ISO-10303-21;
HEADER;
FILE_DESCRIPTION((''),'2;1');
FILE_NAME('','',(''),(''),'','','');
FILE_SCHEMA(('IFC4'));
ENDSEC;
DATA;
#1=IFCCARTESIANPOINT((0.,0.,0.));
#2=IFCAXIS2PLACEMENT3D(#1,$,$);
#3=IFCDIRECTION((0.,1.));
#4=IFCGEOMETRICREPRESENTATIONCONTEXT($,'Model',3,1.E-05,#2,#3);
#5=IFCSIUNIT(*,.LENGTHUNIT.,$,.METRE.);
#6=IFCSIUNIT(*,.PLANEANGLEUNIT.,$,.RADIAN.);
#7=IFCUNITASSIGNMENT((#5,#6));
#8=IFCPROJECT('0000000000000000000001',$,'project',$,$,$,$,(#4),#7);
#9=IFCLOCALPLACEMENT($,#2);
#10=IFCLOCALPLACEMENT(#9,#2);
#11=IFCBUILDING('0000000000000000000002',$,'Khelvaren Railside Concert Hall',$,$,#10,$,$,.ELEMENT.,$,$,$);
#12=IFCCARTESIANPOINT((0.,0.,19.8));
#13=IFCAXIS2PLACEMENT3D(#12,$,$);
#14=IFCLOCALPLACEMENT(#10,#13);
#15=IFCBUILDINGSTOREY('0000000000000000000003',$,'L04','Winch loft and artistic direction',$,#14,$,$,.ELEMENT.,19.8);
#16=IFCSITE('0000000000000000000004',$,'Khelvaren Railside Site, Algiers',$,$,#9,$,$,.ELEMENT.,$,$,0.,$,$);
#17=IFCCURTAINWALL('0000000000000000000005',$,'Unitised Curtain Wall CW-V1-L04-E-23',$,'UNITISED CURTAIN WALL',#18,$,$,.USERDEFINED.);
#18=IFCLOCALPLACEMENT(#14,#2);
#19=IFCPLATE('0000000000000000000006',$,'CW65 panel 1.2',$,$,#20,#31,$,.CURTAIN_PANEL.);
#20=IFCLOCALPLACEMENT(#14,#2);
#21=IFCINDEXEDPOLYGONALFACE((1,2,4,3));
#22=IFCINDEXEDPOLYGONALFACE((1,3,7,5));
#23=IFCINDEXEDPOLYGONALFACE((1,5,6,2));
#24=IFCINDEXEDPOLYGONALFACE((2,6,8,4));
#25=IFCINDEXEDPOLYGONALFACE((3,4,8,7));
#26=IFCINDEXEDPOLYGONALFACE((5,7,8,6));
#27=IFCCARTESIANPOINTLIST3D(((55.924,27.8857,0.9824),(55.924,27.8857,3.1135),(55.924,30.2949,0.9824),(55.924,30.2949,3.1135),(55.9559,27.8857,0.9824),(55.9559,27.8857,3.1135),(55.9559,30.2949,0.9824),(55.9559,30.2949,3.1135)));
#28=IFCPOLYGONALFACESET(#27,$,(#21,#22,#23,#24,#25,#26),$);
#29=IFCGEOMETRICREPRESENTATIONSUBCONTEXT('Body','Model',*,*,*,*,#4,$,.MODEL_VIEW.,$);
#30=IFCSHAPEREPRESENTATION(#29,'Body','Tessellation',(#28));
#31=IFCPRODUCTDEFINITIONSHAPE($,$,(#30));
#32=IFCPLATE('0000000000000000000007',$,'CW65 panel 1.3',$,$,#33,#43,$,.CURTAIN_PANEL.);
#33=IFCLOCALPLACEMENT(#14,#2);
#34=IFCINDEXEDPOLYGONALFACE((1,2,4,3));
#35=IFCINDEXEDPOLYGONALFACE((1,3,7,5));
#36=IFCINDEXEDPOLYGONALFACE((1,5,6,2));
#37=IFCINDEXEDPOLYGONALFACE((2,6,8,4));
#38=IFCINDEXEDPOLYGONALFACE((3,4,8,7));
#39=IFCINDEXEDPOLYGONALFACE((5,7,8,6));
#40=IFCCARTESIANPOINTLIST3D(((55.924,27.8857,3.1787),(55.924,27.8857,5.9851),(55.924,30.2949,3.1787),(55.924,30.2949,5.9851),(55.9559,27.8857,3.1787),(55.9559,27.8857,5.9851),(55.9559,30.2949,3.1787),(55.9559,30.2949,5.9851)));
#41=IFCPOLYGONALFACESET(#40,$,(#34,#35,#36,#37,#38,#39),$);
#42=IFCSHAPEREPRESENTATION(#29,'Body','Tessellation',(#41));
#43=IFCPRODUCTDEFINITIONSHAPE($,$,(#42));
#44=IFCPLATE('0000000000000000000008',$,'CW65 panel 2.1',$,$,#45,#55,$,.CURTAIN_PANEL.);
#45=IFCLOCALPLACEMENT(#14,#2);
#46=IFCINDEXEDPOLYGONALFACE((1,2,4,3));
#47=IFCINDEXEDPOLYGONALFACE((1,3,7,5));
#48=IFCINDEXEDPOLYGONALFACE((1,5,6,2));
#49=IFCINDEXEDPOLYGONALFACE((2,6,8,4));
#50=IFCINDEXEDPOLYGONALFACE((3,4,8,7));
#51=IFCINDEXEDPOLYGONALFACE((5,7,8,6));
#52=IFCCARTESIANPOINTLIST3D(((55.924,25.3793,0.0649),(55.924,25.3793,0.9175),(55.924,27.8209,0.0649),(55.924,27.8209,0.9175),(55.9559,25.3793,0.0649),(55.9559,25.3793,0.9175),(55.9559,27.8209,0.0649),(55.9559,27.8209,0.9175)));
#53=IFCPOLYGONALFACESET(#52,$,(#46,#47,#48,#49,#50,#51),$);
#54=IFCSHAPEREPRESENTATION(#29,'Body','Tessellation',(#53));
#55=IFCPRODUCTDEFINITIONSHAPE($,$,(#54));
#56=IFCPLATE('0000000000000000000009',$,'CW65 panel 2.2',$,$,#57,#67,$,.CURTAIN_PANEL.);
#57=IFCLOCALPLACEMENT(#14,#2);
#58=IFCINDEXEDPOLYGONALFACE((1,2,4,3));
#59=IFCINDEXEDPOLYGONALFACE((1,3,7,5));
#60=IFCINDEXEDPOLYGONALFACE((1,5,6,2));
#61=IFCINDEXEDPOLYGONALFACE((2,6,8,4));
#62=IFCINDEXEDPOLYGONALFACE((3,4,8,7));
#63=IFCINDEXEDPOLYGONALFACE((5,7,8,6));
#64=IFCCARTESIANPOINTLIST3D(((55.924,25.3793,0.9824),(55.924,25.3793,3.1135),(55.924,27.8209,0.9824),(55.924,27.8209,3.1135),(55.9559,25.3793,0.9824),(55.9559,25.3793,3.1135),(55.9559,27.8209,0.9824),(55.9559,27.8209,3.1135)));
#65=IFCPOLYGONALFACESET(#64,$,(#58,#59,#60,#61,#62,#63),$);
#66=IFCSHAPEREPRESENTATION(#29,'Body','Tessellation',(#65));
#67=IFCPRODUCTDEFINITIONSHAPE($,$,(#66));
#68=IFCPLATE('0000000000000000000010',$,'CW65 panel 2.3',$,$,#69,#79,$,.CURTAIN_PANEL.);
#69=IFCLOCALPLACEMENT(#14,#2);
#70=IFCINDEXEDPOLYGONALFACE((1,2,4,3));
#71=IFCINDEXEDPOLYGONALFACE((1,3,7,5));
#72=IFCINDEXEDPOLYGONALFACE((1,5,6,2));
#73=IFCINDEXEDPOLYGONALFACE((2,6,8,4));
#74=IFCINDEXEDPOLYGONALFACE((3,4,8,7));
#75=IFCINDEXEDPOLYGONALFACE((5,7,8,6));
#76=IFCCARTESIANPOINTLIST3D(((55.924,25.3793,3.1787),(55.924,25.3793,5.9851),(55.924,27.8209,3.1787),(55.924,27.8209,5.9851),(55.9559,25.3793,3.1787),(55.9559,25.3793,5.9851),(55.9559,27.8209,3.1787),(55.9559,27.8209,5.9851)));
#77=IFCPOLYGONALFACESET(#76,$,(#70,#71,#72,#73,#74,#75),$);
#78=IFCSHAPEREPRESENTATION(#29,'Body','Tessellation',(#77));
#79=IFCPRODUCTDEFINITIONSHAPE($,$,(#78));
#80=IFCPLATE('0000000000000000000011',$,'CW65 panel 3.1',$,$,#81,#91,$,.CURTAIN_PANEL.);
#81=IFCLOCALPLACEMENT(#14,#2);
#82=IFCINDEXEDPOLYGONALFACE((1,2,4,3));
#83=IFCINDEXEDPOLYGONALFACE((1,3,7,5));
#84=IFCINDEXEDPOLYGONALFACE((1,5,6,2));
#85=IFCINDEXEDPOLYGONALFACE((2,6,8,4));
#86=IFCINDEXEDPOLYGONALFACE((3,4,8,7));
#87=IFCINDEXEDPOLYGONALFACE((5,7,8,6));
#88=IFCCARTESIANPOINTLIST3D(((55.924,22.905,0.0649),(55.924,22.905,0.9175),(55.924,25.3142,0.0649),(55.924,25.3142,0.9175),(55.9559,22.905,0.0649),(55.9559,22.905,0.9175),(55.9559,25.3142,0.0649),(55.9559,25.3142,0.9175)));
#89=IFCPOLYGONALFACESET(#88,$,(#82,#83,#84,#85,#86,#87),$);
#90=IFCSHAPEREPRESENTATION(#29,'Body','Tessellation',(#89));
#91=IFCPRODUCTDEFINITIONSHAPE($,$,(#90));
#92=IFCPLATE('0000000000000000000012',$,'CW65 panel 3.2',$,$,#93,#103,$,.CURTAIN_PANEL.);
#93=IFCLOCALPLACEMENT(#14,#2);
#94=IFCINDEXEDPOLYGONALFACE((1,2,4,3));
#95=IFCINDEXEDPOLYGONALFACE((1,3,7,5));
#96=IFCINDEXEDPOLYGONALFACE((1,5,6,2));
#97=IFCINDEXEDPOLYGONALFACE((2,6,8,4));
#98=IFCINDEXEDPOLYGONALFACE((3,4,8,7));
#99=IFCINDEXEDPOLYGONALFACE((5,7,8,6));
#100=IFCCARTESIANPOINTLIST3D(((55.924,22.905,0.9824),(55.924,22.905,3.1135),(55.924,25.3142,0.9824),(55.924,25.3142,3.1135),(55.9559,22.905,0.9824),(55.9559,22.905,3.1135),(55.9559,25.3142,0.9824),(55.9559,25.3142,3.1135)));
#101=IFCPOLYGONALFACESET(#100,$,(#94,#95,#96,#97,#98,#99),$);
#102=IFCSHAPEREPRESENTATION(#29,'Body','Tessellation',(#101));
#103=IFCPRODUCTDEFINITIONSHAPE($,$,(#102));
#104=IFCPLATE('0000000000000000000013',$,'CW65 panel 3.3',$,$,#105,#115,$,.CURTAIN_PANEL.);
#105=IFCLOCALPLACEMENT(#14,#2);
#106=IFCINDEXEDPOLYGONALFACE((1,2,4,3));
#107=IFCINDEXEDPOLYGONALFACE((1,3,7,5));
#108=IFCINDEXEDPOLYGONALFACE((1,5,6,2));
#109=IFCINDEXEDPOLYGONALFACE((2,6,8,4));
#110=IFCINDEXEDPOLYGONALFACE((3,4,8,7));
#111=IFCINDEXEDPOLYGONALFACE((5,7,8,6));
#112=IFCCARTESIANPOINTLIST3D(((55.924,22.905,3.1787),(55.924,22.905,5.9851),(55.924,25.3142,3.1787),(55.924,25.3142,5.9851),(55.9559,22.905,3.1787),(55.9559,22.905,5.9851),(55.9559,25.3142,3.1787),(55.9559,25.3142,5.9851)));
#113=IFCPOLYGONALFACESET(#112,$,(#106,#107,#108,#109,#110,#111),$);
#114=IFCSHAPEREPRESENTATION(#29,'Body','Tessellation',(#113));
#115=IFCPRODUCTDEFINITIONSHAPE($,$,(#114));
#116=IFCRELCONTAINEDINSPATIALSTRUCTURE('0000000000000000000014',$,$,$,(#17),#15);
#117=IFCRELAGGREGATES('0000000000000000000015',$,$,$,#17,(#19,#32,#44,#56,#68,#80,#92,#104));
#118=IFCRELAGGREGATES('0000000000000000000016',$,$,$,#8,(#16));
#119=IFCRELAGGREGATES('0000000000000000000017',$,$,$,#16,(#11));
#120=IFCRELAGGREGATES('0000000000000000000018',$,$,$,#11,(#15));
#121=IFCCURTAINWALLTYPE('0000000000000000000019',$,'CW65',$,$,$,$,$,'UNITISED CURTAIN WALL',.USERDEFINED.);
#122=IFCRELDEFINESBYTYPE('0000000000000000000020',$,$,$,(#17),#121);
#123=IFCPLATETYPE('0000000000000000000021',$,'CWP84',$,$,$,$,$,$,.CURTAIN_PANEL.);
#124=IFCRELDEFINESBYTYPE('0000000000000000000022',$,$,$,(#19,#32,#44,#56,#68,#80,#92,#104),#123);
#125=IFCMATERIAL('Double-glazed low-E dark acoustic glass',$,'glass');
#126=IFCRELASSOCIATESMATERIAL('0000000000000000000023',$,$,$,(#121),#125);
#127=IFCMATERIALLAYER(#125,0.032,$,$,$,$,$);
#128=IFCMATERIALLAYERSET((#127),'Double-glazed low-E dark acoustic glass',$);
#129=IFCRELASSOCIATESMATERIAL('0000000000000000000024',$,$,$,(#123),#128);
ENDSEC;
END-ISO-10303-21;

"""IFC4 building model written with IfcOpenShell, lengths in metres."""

from ifc_helpers import new_model, si_unit, direction, frame, origin, origin_2d, place, context, subcontext, project, spatial, rectangle, extrude, material, layer, layer_set, type_object, element, aggregate, save


model = new_model("IFC4")

# Units and contexts
model_context = context("Model", 3, precision=1e-05, world=origin(), true_north=direction((0.0, 1.0)))
body_context = subcontext(model_context, "Body", "Model", "MODEL_VIEW")
ifc_project = project(units=[si_unit("LENGTHUNIT", "METRE"), si_unit("PLANEANGLEUNIT", "RADIAN")], contexts=[model_context])

# Site, building, storey
site_placement = place(None, origin())
site = spatial("IfcSite", under=ifc_project, at=site_placement, Name="Khelvaren Railside Site, Algiers", CompositionType="ELEMENT", RefElevation=0.0)
building_placement = place(site_placement, origin())
building = spatial("IfcBuilding", under=site, at=building_placement, Name="Khelvaren Railside Concert Hall", CompositionType="ELEMENT")
storey_placement = place(building_placement, frame((0.0, 0.0, 19.8)))
storey = spatial("IfcBuildingStorey", under=building, at=storey_placement, Name="L04", Description="Winch loft and artistic direction", CompositionType="ELEMENT", Elevation=19.8)

# Shared definitions
ifc_material_1 = material(Name="Double-glazed low-E dark acoustic glass", Category="glass")

# Curtain wall
curtain_wall_type_1 = type_object("IfcCurtainWallType", Name="CW65", ElementType="UNITISED CURTAIN WALL", PredefinedType="USERDEFINED", material=ifc_material_1)
curtain_wall_1_placement = place(storey_placement, origin())
curtain_wall_1 = element("IfcCurtainWall", 1, at=curtain_wall_1_placement, inside=storey, type_object=curtain_wall_type_1, Name="Unitised Curtain Wall CW-V1-L04-E-23", ObjectType="UNITISED CURTAIN WALL", PredefinedType="USERDEFINED")

# Plates
ifc_layer_1 = layer(ifc_material_1, 0.032)
ifc_layer_set_1 = layer_set([ifc_layer_1], Name="Double-glazed low-E dark acoustic glass")
plate_type_1 = type_object("IfcPlateType", Name="CWP84", PredefinedType="CURTAIN_PANEL", material=ifc_layer_set_1)
plate_1_placement = place(storey_placement, frame((55.9399, 29.0903, 0.9824), z_axis=(0.0, 0.0, 1.0), x_axis=(0.0, -1.0, 0.0)))
plate_1 = element("IfcPlate", 2, at=plate_1_placement, type_object=plate_type_1, Name="CW65 panel 1.2", PredefinedType="CURTAIN_PANEL", context=body_context, shape_type="SweptSolid", body=[
    extrude(rectangle(XDim=2.4092, YDim=0.032, at=origin_2d()), origin(), (0.0, 0.0, 1.0), 2.1311),
])
plate_2_placement = place(storey_placement, frame((55.9399, 29.0903, 3.1787), z_axis=(0.0, 0.0, 1.0), x_axis=(0.0, -1.0, 0.0)))
plate_2 = element("IfcPlate", 3, at=plate_2_placement, type_object=plate_type_1, Name="CW65 panel 1.3", PredefinedType="CURTAIN_PANEL", context=body_context, shape_type="SweptSolid", body=[
    extrude(rectangle(XDim=2.4092, YDim=0.032, at=origin_2d()), origin(), (0.0, 0.0, 1.0), 2.8064),
])
plate_3_placement = place(storey_placement, frame((55.9399, 26.6001, 0.0649), z_axis=(0.0, 0.0, 1.0), x_axis=(0.0, -1.0, 0.0)))
plate_3 = element("IfcPlate", 4, at=plate_3_placement, type_object=plate_type_1, Name="CW65 panel 2.1", PredefinedType="CURTAIN_PANEL", context=body_context, shape_type="SweptSolid", body=[
    extrude(rectangle(XDim=2.4417, YDim=0.032, at=origin_2d()), origin(), (0.0, 0.0, 1.0), 0.8525),
])
plate_4_placement = place(storey_placement, frame((55.9399, 26.6001, 0.9824), z_axis=(0.0, 0.0, 1.0), x_axis=(0.0, -1.0, 0.0)))
plate_4 = element("IfcPlate", 5, at=plate_4_placement, type_object=plate_type_1, Name="CW65 panel 2.2", PredefinedType="CURTAIN_PANEL", context=body_context, shape_type="SweptSolid", body=[
    extrude(rectangle(XDim=2.4417, YDim=0.032, at=origin_2d()), origin(), (0.0, 0.0, 1.0), 2.1311),
])
plate_5_placement = place(storey_placement, frame((55.9399, 26.6001, 3.1787), z_axis=(0.0, 0.0, 1.0), x_axis=(0.0, -1.0, 0.0)))
plate_5 = element("IfcPlate", 6, at=plate_5_placement, type_object=plate_type_1, Name="CW65 panel 2.3", PredefinedType="CURTAIN_PANEL", context=body_context, shape_type="SweptSolid", body=[
    extrude(rectangle(XDim=2.4417, YDim=0.032, at=origin_2d()), origin(), (0.0, 0.0, 1.0), 2.8064),
])
plate_6_placement = place(storey_placement, frame((55.9399, 24.1096, 0.0649), z_axis=(0.0, 0.0, 1.0), x_axis=(0.0, -1.0, 0.0)))
plate_6 = element("IfcPlate", 7, at=plate_6_placement, type_object=plate_type_1, Name="CW65 panel 3.1", PredefinedType="CURTAIN_PANEL", context=body_context, shape_type="SweptSolid", body=[
    extrude(rectangle(XDim=2.4092, YDim=0.032, at=origin_2d()), origin(), (0.0, 0.0, 1.0), 0.8525),
])
plate_7_placement = place(storey_placement, frame((55.9399, 24.1096, 0.9824), z_axis=(0.0, 0.0, 1.0), x_axis=(0.0, -1.0, 0.0)))
plate_7 = element("IfcPlate", 8, at=plate_7_placement, type_object=plate_type_1, Name="CW65 panel 3.2", PredefinedType="CURTAIN_PANEL", context=body_context, shape_type="SweptSolid", body=[
    extrude(rectangle(XDim=2.4092, YDim=0.032, at=origin_2d()), origin(), (0.0, 0.0, 1.0), 2.1311),
])
plate_8_placement = place(storey_placement, frame((55.9399, 24.1096, 3.1787), z_axis=(0.0, 0.0, 1.0), x_axis=(0.0, -1.0, 0.0)))
plate_8 = element("IfcPlate", 9, at=plate_8_placement, type_object=plate_type_1, Name="CW65 panel 3.3", PredefinedType="CURTAIN_PANEL", context=body_context, shape_type="SweptSolid", body=[
    extrude(rectangle(XDim=2.4092, YDim=0.032, at=origin_2d()), origin(), (0.0, 0.0, 1.0), 2.8064),
])
aggregate(curtain_wall_1, [plate_1, plate_2, plate_3, plate_4, plate_5, plate_6, plate_7, plate_8])

save(model, "model.ifc")
